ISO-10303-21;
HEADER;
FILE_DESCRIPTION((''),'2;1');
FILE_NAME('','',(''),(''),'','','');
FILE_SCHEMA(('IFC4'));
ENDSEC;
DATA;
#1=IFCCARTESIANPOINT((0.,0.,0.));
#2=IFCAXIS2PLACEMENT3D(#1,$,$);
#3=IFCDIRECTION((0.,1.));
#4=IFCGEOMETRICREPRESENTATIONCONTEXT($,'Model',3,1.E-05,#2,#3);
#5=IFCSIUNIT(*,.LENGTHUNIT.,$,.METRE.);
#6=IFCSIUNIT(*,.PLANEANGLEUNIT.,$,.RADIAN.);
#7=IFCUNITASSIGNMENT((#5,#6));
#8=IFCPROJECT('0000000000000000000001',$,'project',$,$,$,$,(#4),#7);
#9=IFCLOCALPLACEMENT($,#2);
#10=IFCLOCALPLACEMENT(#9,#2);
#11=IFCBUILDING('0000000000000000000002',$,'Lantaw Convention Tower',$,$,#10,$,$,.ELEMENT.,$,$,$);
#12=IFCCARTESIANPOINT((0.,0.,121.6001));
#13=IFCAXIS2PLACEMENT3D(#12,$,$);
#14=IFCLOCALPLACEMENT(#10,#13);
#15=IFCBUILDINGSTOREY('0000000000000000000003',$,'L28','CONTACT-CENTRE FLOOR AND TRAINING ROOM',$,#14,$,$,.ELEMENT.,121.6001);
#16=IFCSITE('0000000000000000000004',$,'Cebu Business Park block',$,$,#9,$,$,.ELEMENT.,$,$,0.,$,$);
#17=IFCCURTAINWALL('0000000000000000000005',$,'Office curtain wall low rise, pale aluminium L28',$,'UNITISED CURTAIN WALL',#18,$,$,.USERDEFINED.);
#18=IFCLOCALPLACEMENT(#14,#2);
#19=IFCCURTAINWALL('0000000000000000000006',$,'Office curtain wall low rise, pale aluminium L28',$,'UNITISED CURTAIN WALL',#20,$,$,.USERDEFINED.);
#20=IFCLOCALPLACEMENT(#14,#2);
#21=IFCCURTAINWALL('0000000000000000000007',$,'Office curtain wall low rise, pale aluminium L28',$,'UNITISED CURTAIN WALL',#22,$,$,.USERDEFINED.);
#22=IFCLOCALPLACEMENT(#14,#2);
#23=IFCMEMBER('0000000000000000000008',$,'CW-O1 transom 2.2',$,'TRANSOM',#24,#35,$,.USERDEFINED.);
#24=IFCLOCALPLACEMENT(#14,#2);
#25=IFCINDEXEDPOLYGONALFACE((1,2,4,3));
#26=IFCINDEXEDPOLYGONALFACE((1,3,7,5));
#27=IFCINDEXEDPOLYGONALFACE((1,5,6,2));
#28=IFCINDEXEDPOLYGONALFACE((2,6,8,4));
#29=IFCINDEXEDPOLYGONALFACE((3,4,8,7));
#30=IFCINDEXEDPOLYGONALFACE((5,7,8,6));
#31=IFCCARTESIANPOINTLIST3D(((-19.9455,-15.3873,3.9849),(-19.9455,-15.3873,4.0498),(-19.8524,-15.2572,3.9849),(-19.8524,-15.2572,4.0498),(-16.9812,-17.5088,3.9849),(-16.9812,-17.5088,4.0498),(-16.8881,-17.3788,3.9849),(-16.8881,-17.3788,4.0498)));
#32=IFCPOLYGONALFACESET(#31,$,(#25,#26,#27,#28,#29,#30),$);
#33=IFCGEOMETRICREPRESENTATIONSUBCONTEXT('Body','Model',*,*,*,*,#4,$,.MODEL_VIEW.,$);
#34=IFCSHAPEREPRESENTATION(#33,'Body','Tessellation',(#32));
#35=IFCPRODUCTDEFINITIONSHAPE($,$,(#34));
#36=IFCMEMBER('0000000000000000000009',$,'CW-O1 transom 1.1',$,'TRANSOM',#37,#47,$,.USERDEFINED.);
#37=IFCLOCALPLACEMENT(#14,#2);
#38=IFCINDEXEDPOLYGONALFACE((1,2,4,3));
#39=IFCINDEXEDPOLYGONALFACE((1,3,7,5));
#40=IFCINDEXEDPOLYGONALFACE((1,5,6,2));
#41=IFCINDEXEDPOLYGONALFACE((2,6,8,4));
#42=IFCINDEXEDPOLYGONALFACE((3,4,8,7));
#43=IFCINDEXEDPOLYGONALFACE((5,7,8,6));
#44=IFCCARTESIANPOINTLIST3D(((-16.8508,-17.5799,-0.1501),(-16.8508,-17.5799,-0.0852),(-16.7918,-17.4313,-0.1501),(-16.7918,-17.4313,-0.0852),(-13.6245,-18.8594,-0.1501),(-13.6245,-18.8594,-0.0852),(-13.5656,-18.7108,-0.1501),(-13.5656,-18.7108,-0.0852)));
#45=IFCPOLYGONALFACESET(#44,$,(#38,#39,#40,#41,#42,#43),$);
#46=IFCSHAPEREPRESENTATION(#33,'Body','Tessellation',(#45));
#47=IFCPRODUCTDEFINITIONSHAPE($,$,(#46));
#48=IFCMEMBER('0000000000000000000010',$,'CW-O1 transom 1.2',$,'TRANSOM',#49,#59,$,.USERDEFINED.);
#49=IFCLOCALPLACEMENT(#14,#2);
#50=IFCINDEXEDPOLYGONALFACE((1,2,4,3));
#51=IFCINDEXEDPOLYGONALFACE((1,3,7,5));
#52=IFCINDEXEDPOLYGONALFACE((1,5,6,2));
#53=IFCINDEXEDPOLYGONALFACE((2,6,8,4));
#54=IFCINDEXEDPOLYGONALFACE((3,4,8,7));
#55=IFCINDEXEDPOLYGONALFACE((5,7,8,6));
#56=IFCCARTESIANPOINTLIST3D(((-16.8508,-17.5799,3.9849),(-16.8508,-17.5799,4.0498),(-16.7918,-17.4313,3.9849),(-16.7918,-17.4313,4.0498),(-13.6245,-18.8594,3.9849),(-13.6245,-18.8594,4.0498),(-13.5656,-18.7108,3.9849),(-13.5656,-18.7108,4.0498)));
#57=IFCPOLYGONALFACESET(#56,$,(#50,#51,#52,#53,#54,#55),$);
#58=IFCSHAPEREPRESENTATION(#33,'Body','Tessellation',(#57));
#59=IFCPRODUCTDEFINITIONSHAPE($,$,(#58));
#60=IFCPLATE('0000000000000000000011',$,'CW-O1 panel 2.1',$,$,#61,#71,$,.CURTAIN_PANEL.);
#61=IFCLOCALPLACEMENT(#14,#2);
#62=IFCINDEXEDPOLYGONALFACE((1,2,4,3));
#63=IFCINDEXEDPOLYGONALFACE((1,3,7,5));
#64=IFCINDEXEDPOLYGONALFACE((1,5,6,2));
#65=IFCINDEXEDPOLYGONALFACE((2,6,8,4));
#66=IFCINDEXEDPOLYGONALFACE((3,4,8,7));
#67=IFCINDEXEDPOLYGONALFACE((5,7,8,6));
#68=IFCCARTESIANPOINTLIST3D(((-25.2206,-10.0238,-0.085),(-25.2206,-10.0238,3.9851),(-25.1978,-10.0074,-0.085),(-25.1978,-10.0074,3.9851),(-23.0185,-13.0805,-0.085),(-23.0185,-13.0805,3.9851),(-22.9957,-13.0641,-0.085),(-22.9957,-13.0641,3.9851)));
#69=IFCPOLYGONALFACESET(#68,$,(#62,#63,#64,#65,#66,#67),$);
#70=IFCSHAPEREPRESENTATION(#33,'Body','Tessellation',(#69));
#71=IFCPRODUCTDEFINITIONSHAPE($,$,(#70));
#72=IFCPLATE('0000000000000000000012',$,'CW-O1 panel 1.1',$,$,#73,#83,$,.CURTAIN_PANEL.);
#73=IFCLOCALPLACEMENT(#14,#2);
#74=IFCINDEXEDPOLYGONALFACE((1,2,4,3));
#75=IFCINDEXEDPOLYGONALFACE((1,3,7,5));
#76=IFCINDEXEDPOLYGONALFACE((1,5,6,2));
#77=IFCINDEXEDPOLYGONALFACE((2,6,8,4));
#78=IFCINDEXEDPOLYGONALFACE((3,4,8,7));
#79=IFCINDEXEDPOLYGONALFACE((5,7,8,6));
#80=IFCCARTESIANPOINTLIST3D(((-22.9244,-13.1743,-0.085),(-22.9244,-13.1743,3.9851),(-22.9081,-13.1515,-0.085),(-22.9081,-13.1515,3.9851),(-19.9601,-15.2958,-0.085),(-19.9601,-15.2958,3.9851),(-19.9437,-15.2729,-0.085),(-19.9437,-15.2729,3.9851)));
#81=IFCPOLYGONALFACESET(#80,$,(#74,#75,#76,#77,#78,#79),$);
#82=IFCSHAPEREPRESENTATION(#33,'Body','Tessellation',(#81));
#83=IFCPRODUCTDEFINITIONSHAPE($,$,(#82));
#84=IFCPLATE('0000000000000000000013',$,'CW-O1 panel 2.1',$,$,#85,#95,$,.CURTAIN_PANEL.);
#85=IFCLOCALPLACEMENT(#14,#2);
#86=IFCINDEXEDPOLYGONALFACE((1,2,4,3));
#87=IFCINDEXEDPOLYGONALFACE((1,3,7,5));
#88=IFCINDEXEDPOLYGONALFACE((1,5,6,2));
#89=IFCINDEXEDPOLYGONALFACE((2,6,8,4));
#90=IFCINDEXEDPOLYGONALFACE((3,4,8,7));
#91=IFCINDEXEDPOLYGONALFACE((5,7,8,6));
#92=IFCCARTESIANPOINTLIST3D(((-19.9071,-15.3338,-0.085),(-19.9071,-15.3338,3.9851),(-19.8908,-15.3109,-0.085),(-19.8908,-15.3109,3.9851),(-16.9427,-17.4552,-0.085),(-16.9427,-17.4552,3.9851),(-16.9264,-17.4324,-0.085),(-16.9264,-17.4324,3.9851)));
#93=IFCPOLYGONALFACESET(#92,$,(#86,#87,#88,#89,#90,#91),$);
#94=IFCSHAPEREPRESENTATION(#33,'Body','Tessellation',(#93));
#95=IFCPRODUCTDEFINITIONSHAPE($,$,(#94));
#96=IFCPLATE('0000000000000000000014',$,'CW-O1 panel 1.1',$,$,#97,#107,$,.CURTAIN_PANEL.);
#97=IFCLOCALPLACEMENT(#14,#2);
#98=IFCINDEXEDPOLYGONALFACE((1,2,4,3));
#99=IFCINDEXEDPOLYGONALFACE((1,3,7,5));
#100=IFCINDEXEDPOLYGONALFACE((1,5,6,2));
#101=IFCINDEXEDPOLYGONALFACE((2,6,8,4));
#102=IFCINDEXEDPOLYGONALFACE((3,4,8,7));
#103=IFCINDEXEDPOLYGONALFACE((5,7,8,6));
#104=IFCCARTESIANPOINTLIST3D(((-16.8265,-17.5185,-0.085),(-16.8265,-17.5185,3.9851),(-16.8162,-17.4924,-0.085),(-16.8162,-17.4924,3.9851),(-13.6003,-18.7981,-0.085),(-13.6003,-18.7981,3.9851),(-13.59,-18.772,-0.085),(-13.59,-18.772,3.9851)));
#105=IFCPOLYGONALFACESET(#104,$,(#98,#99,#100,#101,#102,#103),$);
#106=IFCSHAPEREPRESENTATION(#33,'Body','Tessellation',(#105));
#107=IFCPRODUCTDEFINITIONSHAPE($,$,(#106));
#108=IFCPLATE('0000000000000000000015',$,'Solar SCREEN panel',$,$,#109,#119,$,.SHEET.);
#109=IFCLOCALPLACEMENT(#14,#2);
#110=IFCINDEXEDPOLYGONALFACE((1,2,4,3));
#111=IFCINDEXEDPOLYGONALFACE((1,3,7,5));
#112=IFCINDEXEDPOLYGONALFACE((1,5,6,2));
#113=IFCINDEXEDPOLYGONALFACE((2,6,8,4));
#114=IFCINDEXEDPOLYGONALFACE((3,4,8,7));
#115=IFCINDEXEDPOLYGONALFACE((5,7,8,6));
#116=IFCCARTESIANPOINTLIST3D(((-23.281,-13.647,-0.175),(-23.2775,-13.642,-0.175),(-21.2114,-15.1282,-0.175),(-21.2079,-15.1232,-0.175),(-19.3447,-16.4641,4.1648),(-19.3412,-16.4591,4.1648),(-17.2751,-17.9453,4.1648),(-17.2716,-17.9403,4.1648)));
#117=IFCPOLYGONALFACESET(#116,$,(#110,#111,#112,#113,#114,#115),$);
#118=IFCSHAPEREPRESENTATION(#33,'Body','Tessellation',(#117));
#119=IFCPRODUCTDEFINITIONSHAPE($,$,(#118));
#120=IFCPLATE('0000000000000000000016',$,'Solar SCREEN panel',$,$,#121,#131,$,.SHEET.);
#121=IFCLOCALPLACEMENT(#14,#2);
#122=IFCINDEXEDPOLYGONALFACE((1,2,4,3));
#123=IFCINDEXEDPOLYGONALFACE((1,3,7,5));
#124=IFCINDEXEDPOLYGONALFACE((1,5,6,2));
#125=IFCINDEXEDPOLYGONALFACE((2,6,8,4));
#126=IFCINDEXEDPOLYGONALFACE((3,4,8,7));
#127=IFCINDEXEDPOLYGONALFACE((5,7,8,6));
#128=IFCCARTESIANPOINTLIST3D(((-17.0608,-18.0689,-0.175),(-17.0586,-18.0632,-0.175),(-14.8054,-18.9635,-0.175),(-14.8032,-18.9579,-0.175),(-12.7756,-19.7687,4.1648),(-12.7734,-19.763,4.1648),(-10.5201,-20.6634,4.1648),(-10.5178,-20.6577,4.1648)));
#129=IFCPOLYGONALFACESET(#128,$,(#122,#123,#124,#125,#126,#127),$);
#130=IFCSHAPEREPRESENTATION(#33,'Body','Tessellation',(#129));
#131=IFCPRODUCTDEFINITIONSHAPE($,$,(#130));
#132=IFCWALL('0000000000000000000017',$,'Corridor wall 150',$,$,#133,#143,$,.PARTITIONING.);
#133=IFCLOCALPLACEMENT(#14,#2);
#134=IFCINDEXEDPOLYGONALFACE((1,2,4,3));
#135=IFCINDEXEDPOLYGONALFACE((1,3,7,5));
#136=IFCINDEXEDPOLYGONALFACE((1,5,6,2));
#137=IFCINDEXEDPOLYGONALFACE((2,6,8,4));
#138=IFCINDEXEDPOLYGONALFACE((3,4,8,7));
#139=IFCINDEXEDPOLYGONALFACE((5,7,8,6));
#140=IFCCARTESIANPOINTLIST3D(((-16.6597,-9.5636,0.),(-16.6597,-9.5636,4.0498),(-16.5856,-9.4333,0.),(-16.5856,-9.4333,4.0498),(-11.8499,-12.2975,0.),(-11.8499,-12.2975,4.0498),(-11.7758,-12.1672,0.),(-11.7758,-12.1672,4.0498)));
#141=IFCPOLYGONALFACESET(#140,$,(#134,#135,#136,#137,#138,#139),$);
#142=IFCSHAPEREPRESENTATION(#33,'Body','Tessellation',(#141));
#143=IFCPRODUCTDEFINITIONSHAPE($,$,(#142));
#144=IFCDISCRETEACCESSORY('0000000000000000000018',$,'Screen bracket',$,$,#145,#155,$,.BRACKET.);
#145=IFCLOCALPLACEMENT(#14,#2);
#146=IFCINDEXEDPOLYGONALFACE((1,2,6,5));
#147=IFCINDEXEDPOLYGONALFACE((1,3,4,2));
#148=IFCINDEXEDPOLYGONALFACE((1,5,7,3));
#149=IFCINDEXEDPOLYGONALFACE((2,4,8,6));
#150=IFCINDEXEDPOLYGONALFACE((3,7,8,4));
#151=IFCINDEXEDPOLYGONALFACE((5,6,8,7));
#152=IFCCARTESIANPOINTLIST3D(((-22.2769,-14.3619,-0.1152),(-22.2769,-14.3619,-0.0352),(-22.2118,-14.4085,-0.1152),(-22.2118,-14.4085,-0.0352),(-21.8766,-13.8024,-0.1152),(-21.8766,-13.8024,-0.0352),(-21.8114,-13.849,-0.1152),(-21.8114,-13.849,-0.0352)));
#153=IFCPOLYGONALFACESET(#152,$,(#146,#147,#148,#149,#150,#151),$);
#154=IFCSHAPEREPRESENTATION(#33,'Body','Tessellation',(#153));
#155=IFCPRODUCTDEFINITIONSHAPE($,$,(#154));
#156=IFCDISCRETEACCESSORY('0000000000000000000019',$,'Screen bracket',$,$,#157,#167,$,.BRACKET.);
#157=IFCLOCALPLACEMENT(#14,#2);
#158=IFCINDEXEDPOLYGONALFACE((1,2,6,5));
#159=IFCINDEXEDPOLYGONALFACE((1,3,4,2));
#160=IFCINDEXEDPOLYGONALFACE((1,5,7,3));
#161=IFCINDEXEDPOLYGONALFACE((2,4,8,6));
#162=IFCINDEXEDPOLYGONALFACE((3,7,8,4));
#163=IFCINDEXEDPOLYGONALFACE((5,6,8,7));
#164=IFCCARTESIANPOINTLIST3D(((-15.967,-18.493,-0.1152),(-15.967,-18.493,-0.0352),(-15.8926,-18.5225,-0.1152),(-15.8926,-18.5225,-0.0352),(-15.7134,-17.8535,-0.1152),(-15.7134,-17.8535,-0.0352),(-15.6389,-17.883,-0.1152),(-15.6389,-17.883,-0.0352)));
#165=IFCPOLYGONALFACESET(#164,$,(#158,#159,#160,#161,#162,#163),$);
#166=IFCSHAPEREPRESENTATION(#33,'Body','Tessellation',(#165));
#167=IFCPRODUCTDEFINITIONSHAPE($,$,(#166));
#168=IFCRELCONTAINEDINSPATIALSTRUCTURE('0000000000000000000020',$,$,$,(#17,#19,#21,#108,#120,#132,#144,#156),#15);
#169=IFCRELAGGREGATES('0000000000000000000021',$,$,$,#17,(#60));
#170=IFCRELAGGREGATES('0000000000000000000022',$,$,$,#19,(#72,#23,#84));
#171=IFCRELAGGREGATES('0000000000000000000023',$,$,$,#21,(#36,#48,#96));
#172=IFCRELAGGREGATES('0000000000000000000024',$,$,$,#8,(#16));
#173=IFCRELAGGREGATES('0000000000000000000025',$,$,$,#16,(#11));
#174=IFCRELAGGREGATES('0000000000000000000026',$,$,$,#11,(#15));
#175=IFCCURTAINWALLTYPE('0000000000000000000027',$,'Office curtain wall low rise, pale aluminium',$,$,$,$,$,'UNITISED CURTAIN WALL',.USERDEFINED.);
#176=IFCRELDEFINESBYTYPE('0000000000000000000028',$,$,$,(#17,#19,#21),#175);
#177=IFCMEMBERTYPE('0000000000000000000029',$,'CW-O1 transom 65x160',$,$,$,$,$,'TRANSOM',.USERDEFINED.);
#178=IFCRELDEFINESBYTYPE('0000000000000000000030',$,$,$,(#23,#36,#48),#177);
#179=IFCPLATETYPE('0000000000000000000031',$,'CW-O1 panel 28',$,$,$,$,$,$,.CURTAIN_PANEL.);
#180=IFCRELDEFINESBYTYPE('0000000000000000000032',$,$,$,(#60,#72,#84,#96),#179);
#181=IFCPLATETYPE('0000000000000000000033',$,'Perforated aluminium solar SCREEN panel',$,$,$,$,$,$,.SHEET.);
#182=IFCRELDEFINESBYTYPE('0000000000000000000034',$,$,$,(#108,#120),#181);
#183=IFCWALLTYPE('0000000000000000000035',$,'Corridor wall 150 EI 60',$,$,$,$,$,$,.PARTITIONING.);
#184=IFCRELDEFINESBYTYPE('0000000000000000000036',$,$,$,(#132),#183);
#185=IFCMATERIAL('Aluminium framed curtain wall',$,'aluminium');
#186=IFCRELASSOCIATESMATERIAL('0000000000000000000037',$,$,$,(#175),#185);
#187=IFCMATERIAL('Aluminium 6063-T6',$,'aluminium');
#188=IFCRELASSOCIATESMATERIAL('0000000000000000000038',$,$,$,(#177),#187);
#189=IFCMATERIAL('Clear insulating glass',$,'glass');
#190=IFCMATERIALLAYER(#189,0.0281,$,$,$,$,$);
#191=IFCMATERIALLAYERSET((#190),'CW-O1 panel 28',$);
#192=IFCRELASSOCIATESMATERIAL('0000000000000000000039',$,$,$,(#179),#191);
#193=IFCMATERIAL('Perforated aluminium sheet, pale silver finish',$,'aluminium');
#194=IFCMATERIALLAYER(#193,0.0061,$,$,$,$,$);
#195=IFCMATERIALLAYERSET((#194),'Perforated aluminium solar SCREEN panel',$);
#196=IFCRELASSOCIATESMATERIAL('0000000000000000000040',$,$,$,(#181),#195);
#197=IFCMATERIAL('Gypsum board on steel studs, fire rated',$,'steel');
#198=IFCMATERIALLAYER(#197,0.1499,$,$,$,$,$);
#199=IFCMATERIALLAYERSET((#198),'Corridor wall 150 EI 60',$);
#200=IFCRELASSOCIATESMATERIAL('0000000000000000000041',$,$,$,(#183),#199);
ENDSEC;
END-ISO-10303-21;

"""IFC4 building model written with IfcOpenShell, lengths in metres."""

from ifc_helpers import new_model, si_unit, direction, frame, frame_2d, origin, origin_2d, place, context, subcontext, project, spatial, polyline, rectangle, outline, extrude, material, layer, layer_set, material_profile, profile_set, type_object, element, aggregate, save


model = new_model("IFC4")

# Units and contexts
model_context = context("Model", 3, precision=1e-05, world=origin(), true_north=direction((0.0, 1.0)))
body_context = subcontext(model_context, "Body", "Model", "MODEL_VIEW")
ifc_project = project(units=[si_unit("LENGTHUNIT", "METRE"), si_unit("PLANEANGLEUNIT", "RADIAN")], contexts=[model_context])

# Site, building, storey
site_placement = place(None, origin())
site = spatial("IfcSite", under=ifc_project, at=site_placement, Name="Cebu Business Park block", CompositionType="ELEMENT", RefElevation=0.0)
building_placement = place(site_placement, origin())
building = spatial("IfcBuilding", under=site, at=building_placement, Name="Lantaw Convention Tower", CompositionType="ELEMENT")
storey_placement = place(building_placement, frame((0.0, 0.0, 121.6001)))
storey = spatial("IfcBuildingStorey", under=building, at=storey_placement, Name="L28", Description="CONTACT-CENTRE FLOOR AND TRAINING ROOM", CompositionType="ELEMENT", Elevation=121.6001)

# Curtain walls
ifc_material_1 = material(Name="Aluminium framed curtain wall", Category="aluminium")
curtain_wall_type = type_object("IfcCurtainWallType", Name="Office curtain wall low rise, pale aluminium", ElementType="UNITISED CURTAIN WALL", PredefinedType="USERDEFINED", material=ifc_material_1)
curtain_wall_1_placement = place(storey_placement, origin())
curtain_wall_1 = element("IfcCurtainWall", 1, at=curtain_wall_1_placement, inside=storey, type_object=curtain_wall_type, Name="Office curtain wall low rise, pale aluminium L28", ObjectType="UNITISED CURTAIN WALL", PredefinedType="USERDEFINED")
ifc_material_2 = material(Name="Aluminium 6063-T6", Category="aluminium")
curtain_wall_2_placement = place(storey_placement, origin())
curtain_wall_2 = element("IfcCurtainWall", 2, at=curtain_wall_2_placement, inside=storey, type_object=curtain_wall_type, Name="Office curtain wall low rise, pale aluminium L28", ObjectType="UNITISED CURTAIN WALL", PredefinedType="USERDEFINED")

# Curtain wall
curtain_wall_3_placement = place(storey_placement, origin())
curtain_wall_3 = element("IfcCurtainWall", 3, at=curtain_wall_3_placement, inside=storey, type_object=curtain_wall_type, Name="Office curtain wall low rise, pale aluminium L28", ObjectType="UNITISED CURTAIN WALL", PredefinedType="USERDEFINED")

# Members
ifc_material_profile_1 = material_profile(ifc_material_2, rectangle(XDim=0.1599, YDim=0.0649, at=origin_2d()), Name="CW-O1 transom 65x160")
ifc_profile_set_1 = profile_set([ifc_material_profile_1], Name="Aluminium 6063-T6")
member_type_1 = type_object("IfcMemberType", Name="CW-O1 transom 65x160", ElementType="TRANSOM", PredefinedType="USERDEFINED", material=ifc_profile_set_1)
member_1_placement = place(storey_placement, frame((-19.8989, -15.3223, 4.0173), z_axis=(0.81319, -0.581998, 0.0), x_axis=(0.581998, 0.81319, 0.0)))
member_1 = element("IfcMember", 4, at=member_1_placement, type_object=member_type_1, Name="CW-O1 transom 2.2", ObjectType="TRANSOM", PredefinedType="USERDEFINED", context=body_context, shape_type="SweptSolid", body=[
    extrude(rectangle(XDim=0.1599, YDim=0.0649, at=origin_2d()), origin(), (0.0, 0.0, 1.0), 3.6453),
])
member_2_placement = place(storey_placement, frame((-16.8213, -17.5056, -0.1177), z_axis=(0.929564, -0.36866, 0.0), x_axis=(0.36866, 0.929564, 0.0)))
member_2 = element("IfcMember", 5, at=member_2_placement, type_object=member_type_1, Name="CW-O1 transom 1.1", ObjectType="TRANSOM", PredefinedType="USERDEFINED", context=body_context, shape_type="SweptSolid", body=[
    extrude(rectangle(XDim=0.1599, YDim=0.0649, at=origin_2d()), origin(), (0.0, 0.0, 1.0), 3.4707),
])
member_3_placement = place(storey_placement, frame((-16.8213, -17.5056, 4.0173), z_axis=(0.929564, -0.36866, 0.0), x_axis=(0.36866, 0.929564, 0.0)))
member_3 = element("IfcMember", 6, at=member_3_placement, type_object=member_type_1, Name="CW-O1 transom 1.2", ObjectType="TRANSOM", PredefinedType="USERDEFINED", context=body_context, shape_type="SweptSolid", body=[
    extrude(rectangle(XDim=0.1599, YDim=0.0649, at=origin_2d()), origin(), (0.0, 0.0, 1.0), 3.4707),
])

# Plates
ifc_material_3 = material(Name="Clear insulating glass", Category="glass")
ifc_layer_1 = layer(ifc_material_3, 0.0281)
ifc_layer_set_1 = layer_set([ifc_layer_1], Name="CW-O1 panel 28")
plate_type_1 = type_object("IfcPlateType", Name="CW-O1 panel 28", PredefinedType="CURTAIN_PANEL", material=ifc_layer_set_1)
plate_1_placement = place(storey_placement, frame((-24.1082, -11.5439, -0.085), z_axis=(0.0, 0.0, 1.0), x_axis=(0.584513, -0.811385, 0.0)))
plate_1 = element("IfcPlate", 7, at=plate_1_placement, type_object=plate_type_1, Name="CW-O1 panel 2.1", PredefinedType="CURTAIN_PANEL", context=body_context, shape_type="SweptSolid", body=[
    extrude(rectangle(XDim=3.7673, YDim=0.0281, at=origin_2d()), origin(), (0.0, 0.0, 1.0), 4.0701),
])
aggregate(curtain_wall_1, [plate_1])
plate_2_placement = place(storey_placement, frame((-21.4341, -14.2236, -0.085), z_axis=(0.0, 0.0, 1.0), x_axis=(0.813208, -0.581973, 0.0)))
plate_2 = element("IfcPlate", 8, at=plate_2_placement, type_object=plate_type_1, Name="CW-O1 panel 1.1", PredefinedType="CURTAIN_PANEL", context=body_context, shape_type="SweptSolid", body=[
    extrude(rectangle(XDim=3.6453, YDim=0.0281, at=origin_2d()), origin(), (0.0, 0.0, 1.0), 4.0701),
])
plate_3_placement = place(storey_placement, frame((-18.4167, -16.3831, -0.085), z_axis=(0.0, 0.0, 1.0), x_axis=(0.813208, -0.581973, 0.0)))
plate_3 = element("IfcPlate", 9, at=plate_3_placement, type_object=plate_type_1, Name="CW-O1 panel 2.1", PredefinedType="CURTAIN_PANEL", context=body_context, shape_type="SweptSolid", body=[
    extrude(rectangle(XDim=3.6453, YDim=0.0281, at=origin_2d()), origin(), (0.0, 0.0, 1.0), 4.0701),
])
aggregate(curtain_wall_2, [plate_2, member_1, plate_3])
plate_4_placement = place(storey_placement, frame((-15.2083, -18.1453, -0.085), z_axis=(0.0, 0.0, 1.0), x_axis=(0.929548, -0.368702, 0.0)))
plate_4 = element("IfcPlate", 10, at=plate_4_placement, type_object=plate_type_1, Name="CW-O1 panel 1.1", PredefinedType="CURTAIN_PANEL", context=body_context, shape_type="SweptSolid", body=[
    extrude(rectangle(XDim=3.4707, YDim=0.0281, at=origin_2d()), origin(), (0.0, 0.0, 1.0), 4.0701),
])
aggregate(curtain_wall_3, [member_2, member_3, plate_4])

# Plates
ifc_material_4 = material(Name="Perforated aluminium sheet, pale silver finish", Category="aluminium")
ifc_layer_2 = layer(ifc_material_4, 0.0061)
ifc_layer_set_2 = layer_set([ifc_layer_2], Name="Perforated aluminium solar SCREEN panel")
plate_type_2 = type_object("IfcPlateType", Name="Perforated aluminium solar SCREEN panel", PredefinedType="SHEET", material=ifc_layer_set_2)
plate_5_placement = place(storey_placement, frame((-23.281, -13.647, -0.175), z_axis=(-0.582, -0.813189, 0.000012), x_axis=(0.813189, -0.582, 0.0)))
element("IfcPlate", 11, at=plate_5_placement, inside=storey, type_object=plate_type_2, Name="Solar SCREEN panel", PredefinedType="SHEET", context=body_context, shape_type="SweptSolid", body=[
    extrude(outline(polyline([(0.0, 0.0), (2.545, 0.0), (7.3855, 4.3398), (4.8405, 4.3398), (0.0, 0.0)])), origin(), (0.0, 0.0, -1.0), 0.0061),
])
plate_6_placement = place(storey_placement, frame((-17.0586, -18.0632, -0.175), z_axis=(0.368709, 0.929545, 0.000011), x_axis=(0.929545, -0.368709, 0.0)))
element("IfcPlate", 12, at=plate_6_placement, inside=storey, type_object=plate_type_2, Name="Solar SCREEN panel", PredefinedType="SHEET", context=body_context, shape_type="SweptSolid", body=[
    extrude(outline(polyline([(0.0, 0.0), (2.4264, 0.0), (7.0365, -4.3398), (4.61, -4.3398), (0.0, 0.0)])), origin(), (0.0, 0.0, -1.0), 0.0061),
])

# Wall
ifc_material_5 = material(Name="Gypsum board on steel studs, fire rated", Category="steel")
ifc_layer_3 = layer(ifc_material_5, 0.1499)
ifc_layer_set_3 = layer_set([ifc_layer_3], Name="Corridor wall 150 EI 60")
wall_type = type_object("IfcWallType", Name="Corridor wall 150 EI 60", PredefinedType="PARTITIONING", material=ifc_layer_set_3)
wall_placement = place(storey_placement, frame((-16.6226, -9.4985, 0.0), z_axis=(0.0, 0.0, 1.0), x_axis=(0.869376, -0.494151, 0.0)))
element("IfcWall", 13, at=wall_placement, inside=storey, type_object=wall_type, Name="Corridor wall 150", PredefinedType="PARTITIONING", context=body_context, shape_type="SweptSolid", body=[
    extrude(rectangle(XDim=5.5325, YDim=0.1499, at=frame_2d((2.7661, 0.0))), origin(), (0.0, 0.0, 1.0), 4.0498),
])

# Discrete accessories
for number, where, z_axis, x_axis, name in (
    (14, (-22.0442, -14.1055, -0.1152), (0.0, 0.0, 1.0), (0.813208, -0.581973, 0.0), "Screen bracket"),
    (15, (-15.803, -18.188, -0.1152), (0.0, 0.0, 1.0), (0.929548, -0.368702, 0.0), "Screen bracket"),
):
    element("IfcDiscreteAccessory", number, at=place(storey_placement, frame(where, z_axis=z_axis, x_axis=x_axis)), inside=storey, Name=name, PredefinedType="BRACKET", context=body_context, shape_type="SweptSolid", body=[
        extrude(rectangle(XDim=0.0801, YDim=0.688, at=origin_2d()), origin(), (0.0, 0.0, 1.0), 0.0801),
    ])

save(model, "model.ifc")
